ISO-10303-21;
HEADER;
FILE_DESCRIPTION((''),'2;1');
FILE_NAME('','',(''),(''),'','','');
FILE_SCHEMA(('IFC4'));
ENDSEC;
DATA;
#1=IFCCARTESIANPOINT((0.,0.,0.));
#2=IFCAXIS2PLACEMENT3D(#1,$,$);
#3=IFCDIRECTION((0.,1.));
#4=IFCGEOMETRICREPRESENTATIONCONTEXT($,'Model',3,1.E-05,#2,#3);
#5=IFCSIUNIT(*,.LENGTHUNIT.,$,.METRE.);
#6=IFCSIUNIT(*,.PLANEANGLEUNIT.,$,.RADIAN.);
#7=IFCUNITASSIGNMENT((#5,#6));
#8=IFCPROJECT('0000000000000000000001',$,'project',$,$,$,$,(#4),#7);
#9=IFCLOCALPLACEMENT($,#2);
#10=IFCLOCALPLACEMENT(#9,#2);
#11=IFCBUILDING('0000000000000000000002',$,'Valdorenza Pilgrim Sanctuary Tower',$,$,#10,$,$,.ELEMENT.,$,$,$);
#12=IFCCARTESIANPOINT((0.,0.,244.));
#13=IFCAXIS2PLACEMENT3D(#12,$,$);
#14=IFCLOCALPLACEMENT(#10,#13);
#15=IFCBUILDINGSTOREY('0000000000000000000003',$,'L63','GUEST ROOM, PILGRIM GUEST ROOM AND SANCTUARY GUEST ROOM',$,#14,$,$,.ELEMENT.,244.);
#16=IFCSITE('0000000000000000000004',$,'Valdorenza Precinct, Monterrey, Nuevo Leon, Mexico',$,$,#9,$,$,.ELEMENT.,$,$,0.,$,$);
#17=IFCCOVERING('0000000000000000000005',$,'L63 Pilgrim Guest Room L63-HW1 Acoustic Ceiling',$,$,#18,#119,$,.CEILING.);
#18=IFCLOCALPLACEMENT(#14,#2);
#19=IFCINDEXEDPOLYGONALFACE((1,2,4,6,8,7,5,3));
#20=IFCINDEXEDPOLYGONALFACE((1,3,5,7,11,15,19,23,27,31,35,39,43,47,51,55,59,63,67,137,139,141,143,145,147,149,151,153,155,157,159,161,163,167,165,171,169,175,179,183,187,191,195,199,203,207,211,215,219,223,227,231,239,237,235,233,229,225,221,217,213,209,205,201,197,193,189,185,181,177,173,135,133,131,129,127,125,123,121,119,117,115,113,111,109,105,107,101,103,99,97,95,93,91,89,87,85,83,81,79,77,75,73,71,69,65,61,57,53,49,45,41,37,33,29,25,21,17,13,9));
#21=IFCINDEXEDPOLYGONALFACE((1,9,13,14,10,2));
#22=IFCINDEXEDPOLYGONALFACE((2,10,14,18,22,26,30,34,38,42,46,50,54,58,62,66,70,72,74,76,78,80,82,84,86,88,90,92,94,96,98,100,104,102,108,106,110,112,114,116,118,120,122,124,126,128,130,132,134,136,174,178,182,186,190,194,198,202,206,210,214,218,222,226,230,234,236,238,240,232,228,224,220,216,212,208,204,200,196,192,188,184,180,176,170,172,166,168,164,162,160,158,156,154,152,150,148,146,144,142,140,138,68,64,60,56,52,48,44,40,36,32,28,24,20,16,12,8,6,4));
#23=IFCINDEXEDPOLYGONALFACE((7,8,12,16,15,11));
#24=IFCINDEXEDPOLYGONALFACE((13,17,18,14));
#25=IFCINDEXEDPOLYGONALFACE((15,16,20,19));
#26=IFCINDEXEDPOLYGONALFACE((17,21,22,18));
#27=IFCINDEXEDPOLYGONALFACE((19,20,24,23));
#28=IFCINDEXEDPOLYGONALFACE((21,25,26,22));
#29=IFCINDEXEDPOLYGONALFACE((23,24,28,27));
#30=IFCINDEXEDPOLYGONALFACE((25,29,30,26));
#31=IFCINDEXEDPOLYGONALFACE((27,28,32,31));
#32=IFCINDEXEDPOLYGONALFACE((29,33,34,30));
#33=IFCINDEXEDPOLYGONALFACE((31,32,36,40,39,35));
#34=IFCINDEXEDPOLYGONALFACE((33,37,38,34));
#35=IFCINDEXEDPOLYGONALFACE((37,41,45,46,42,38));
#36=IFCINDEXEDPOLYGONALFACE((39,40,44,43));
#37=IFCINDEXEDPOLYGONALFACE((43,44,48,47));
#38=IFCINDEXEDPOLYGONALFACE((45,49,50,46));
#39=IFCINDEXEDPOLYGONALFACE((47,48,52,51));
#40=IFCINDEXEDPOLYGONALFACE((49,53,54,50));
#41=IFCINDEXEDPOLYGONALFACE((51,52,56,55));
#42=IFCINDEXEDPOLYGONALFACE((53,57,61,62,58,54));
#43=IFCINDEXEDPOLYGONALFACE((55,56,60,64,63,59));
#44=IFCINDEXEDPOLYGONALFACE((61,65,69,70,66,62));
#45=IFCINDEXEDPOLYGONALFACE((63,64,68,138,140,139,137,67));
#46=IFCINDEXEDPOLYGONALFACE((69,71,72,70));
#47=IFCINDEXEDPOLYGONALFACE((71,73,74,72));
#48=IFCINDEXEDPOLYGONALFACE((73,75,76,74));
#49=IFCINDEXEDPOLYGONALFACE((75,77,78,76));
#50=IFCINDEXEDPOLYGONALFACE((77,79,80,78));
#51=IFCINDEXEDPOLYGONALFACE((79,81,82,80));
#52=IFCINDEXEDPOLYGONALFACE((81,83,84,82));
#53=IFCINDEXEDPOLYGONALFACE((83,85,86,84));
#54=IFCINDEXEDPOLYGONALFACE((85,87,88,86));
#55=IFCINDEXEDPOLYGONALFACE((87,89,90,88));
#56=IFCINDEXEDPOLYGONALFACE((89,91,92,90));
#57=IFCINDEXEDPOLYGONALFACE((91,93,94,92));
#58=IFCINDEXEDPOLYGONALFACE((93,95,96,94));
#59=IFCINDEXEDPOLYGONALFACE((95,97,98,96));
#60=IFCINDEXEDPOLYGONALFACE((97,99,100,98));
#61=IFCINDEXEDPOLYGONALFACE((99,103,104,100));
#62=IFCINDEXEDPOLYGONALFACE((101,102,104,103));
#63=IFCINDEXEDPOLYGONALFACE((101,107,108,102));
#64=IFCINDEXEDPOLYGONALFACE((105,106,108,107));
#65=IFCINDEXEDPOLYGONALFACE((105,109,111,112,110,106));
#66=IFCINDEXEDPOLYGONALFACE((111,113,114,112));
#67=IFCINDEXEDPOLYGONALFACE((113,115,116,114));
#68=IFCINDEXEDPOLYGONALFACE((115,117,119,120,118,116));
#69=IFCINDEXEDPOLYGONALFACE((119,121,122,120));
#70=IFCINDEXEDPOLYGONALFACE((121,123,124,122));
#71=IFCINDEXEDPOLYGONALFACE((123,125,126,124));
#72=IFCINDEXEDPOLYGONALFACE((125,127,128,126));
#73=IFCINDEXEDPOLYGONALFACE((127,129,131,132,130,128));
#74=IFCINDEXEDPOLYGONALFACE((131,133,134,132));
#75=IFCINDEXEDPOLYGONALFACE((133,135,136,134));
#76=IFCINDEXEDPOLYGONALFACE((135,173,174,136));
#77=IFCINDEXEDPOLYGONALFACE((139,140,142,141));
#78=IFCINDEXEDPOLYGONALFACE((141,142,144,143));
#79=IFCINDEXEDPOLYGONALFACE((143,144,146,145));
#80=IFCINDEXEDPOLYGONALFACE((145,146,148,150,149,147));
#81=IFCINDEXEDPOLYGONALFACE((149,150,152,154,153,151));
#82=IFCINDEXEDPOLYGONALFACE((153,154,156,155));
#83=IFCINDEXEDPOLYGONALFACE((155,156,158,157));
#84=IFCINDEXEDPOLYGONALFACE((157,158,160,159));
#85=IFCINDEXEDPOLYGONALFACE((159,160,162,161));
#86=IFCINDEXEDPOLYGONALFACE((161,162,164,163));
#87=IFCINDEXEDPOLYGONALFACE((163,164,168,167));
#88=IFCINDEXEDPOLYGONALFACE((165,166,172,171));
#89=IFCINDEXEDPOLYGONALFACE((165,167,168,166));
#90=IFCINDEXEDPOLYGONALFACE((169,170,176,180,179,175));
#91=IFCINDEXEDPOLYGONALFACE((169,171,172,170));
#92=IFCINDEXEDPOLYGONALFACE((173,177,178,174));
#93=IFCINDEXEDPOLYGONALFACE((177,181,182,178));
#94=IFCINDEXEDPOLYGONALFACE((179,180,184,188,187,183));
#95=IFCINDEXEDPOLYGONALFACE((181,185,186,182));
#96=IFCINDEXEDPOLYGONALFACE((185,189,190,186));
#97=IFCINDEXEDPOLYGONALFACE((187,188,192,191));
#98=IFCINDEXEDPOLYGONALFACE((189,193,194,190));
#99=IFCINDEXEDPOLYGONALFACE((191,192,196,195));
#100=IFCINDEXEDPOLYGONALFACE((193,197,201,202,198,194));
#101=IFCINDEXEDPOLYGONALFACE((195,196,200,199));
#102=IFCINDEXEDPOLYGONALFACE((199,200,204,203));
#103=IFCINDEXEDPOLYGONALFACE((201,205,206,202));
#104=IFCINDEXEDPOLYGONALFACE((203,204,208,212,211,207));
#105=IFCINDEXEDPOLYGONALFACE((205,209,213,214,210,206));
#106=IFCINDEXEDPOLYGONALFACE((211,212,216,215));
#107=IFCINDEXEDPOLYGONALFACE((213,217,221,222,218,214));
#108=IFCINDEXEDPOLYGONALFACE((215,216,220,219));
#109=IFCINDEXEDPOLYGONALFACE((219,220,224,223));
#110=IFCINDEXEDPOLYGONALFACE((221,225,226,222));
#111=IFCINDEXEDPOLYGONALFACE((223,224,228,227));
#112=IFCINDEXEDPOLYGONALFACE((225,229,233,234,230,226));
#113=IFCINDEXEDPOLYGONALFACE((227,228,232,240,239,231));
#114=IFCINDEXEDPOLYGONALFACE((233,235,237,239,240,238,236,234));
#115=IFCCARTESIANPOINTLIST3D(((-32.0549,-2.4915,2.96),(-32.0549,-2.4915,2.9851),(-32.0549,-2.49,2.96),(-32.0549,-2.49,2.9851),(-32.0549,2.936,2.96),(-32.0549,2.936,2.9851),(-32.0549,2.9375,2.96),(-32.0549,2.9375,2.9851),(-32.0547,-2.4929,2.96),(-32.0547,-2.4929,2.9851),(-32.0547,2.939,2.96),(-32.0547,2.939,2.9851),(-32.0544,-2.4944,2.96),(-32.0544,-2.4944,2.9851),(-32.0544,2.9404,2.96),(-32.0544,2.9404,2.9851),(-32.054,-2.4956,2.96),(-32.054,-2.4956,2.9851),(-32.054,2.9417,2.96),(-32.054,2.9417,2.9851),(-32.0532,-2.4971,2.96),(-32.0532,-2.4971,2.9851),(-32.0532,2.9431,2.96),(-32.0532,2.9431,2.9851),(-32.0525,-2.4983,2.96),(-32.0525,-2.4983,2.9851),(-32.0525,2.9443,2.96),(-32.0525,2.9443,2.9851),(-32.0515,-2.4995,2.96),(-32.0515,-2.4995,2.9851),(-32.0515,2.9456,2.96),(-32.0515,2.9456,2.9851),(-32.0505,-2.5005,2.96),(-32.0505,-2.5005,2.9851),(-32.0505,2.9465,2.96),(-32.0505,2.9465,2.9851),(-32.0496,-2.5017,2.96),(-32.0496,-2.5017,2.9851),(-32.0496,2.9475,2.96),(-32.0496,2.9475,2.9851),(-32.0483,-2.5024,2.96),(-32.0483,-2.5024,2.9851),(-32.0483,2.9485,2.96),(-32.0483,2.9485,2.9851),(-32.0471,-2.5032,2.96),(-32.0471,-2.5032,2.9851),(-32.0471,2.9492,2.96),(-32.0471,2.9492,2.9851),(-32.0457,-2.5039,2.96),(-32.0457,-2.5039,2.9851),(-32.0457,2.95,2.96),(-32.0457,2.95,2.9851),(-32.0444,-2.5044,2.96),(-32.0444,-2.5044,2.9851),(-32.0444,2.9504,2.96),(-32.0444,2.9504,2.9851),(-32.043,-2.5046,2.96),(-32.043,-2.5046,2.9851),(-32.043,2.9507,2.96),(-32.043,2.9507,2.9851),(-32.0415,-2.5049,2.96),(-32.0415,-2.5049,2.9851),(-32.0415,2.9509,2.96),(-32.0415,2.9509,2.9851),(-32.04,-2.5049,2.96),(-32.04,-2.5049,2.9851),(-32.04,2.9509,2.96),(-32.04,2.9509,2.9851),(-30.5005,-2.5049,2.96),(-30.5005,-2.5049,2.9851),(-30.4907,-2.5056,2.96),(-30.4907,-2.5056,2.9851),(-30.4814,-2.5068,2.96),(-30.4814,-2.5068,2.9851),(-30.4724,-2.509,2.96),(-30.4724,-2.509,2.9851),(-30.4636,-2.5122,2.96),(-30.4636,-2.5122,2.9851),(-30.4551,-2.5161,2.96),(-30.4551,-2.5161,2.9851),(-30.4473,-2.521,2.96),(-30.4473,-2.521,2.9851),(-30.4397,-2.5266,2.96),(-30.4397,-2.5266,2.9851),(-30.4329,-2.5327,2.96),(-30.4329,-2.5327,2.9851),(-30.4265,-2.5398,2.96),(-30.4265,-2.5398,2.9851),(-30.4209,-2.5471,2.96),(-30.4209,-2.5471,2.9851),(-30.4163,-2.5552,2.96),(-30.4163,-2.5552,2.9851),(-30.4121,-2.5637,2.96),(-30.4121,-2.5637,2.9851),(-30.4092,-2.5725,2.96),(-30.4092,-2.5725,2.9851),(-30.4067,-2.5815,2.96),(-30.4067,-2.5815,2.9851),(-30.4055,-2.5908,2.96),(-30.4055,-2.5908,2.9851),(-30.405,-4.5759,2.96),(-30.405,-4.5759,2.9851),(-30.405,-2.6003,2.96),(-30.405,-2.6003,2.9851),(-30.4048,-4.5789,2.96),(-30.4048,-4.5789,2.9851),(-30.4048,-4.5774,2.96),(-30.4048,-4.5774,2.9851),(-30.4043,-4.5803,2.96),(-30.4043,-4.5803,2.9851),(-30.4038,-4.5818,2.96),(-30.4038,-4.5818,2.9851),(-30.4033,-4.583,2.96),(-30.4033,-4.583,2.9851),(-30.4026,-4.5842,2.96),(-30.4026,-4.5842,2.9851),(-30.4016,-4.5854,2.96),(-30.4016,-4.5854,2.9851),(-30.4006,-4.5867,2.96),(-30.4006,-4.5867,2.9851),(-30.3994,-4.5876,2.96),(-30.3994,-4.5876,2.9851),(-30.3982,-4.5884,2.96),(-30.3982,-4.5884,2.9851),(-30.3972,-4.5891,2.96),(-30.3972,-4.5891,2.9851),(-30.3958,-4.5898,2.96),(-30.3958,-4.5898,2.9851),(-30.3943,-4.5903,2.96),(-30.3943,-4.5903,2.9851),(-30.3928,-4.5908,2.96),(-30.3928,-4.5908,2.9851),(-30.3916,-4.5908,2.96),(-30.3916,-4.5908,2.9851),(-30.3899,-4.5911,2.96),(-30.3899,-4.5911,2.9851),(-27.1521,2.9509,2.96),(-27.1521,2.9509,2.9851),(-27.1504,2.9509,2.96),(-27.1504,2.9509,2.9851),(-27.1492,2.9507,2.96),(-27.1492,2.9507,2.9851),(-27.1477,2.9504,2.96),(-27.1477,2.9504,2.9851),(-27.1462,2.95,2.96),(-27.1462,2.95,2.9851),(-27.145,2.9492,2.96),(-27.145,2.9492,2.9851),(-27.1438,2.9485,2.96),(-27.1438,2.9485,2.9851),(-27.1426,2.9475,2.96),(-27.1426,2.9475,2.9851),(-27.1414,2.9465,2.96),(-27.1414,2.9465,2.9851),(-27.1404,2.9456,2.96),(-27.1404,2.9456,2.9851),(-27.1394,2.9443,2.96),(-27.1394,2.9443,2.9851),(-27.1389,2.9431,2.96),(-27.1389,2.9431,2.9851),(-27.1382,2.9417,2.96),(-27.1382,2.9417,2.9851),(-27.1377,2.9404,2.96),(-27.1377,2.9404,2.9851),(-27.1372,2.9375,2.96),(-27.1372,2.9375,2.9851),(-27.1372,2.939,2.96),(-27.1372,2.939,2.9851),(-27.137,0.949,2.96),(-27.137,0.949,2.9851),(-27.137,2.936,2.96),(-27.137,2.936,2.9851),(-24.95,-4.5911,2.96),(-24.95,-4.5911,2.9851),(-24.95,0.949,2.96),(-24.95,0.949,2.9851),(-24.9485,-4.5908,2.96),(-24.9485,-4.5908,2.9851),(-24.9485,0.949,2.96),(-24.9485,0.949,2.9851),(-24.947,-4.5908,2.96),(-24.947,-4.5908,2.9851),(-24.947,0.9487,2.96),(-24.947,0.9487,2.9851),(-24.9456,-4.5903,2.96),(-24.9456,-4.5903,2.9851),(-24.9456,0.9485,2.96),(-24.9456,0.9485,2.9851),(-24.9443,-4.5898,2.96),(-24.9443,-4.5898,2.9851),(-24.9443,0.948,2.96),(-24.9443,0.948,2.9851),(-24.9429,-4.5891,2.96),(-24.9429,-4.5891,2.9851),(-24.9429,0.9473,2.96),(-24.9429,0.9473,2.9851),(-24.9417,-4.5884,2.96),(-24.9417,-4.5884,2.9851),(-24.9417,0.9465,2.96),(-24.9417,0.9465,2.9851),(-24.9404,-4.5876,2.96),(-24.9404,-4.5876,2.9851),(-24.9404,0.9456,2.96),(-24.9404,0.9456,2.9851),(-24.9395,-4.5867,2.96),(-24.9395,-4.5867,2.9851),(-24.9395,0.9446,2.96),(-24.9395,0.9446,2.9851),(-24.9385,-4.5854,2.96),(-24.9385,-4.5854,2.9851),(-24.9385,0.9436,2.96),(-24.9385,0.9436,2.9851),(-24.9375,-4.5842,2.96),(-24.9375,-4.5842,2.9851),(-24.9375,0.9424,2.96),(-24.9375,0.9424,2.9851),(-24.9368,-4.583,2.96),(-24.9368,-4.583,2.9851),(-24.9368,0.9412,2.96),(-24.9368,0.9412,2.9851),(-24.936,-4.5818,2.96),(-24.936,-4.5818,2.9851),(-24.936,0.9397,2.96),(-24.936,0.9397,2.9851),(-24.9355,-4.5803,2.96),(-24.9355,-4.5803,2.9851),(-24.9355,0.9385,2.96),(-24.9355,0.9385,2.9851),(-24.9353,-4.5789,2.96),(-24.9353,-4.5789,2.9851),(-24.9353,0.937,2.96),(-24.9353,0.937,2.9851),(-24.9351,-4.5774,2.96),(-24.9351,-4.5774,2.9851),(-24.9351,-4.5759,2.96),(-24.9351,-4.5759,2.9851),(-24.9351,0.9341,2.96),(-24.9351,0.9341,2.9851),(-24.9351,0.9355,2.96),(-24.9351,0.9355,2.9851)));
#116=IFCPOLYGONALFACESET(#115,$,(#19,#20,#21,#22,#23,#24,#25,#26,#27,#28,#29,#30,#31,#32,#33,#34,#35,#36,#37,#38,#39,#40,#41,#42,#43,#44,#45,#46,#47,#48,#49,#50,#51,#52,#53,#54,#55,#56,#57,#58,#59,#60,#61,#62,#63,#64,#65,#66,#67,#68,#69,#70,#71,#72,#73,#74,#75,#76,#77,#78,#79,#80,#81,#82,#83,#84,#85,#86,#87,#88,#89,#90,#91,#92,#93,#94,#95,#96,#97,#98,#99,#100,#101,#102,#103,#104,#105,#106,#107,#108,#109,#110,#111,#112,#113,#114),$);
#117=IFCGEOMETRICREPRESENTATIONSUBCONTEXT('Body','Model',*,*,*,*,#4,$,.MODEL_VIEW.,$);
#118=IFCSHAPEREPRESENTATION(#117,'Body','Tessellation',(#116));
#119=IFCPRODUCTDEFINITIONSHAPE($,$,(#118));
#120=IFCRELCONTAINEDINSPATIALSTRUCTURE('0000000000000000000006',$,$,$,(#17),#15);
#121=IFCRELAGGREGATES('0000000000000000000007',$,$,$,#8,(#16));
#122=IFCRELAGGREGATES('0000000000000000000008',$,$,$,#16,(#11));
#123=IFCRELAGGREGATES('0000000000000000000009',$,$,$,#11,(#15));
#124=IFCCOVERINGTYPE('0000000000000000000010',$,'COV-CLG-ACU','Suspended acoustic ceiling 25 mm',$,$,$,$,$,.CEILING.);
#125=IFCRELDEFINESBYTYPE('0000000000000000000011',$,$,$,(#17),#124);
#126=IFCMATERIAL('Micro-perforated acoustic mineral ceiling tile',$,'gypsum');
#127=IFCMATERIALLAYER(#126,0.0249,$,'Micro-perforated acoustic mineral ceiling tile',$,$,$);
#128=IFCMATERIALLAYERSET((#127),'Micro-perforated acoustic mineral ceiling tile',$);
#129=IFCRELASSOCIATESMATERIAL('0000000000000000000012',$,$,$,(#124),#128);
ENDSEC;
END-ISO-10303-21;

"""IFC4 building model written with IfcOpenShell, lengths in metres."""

from ifc_helpers import new_model, si_unit, direction, frame, origin, place, context, subcontext, project, spatial, polyline, outline, extrude, material, layer, layer_set, type_object, element, save


model = new_model("IFC4")

# Units and contexts
model_context = context("Model", 3, precision=1e-05, world=origin(), true_north=direction((0.0, 1.0)))
body_context = subcontext(model_context, "Body", "Model", "MODEL_VIEW")
ifc_project = project(units=[si_unit("LENGTHUNIT", "METRE"), si_unit("PLANEANGLEUNIT", "RADIAN")], contexts=[model_context])

# Site, building, storey
site_placement = place(None, origin())
site = spatial("IfcSite", under=ifc_project, at=site_placement, Name="Valdorenza Precinct, Monterrey, Nuevo Leon, Mexico", CompositionType="ELEMENT", RefElevation=0.0)
building_placement = place(site_placement, origin())
building = spatial("IfcBuilding", under=site, at=building_placement, Name="Valdorenza Pilgrim Sanctuary Tower", CompositionType="ELEMENT")
storey_placement = place(building_placement, frame((0.0, 0.0, 244.0)))
storey = spatial("IfcBuildingStorey", under=building, at=storey_placement, Name="L63", Description="GUEST ROOM, PILGRIM GUEST ROOM AND SANCTUARY GUEST ROOM", CompositionType="ELEMENT", Elevation=244.0)

# Covering
ifc_material_1 = material(Name="Micro-perforated acoustic mineral ceiling tile", Category="gypsum")
ifc_layer_1 = layer(ifc_material_1, 0.0249, Name="Micro-perforated acoustic mineral ceiling tile")
ifc_layer_set_1 = layer_set([ifc_layer_1], Name="Micro-perforated acoustic mineral ceiling tile")
covering_type_1 = type_object("IfcCoveringType", Name="COV-CLG-ACU", Description="Suspended acoustic ceiling 25 mm", PredefinedType="CEILING", material=ifc_layer_set_1)
covering_1_placement = place(storey_placement, frame((0.0, 0.0, 2.96)))
element("IfcCovering", 1, at=covering_1_placement, inside=storey, type_object=covering_type_1, Name="L63 Pilgrim Guest Room L63-HW1 Acoustic Ceiling", PredefinedType="CEILING", context=body_context, shape_type="SweptSolid", body=[
    extrude(outline(polyline([(-30.405, -2.6003), (-30.4055, -2.5908), (-30.4067, -2.5815), (-30.4092, -2.5725), (-30.4121, -2.5637), (-30.4163, -2.5552), (-30.4209, -2.5471), (-30.4265, -2.5398), (-30.4329, -2.5327), (-30.4397, -2.5266), (-30.4473, -2.521), (-30.4551, -2.5161), (-30.4636, -2.5122), (-30.4724, -2.509), (-30.4814, -2.5068), (-30.4907, -2.5056), (-30.5005, -2.5049), (-32.04, -2.5049), (-32.0415, -2.5049), (-32.043, -2.5046), (-32.0444, -2.5044), (-32.0457, -2.5039), (-32.0471, -2.5032), (-32.0483, -2.5024), (-32.0496, -2.5017), (-32.0505, -2.5005), (-32.0515, -2.4995), (-32.0525, -2.4983), (-32.0532, -2.4971), (-32.054, -2.4956), (-32.0544, -2.4944), (-32.0547, -2.4929), (-32.0549, -2.4915), (-32.0549, -2.49), (-32.0549, 2.936), (-32.0549, 2.9375), (-32.0547, 2.939), (-32.0544, 2.9404), (-32.054, 2.9417), (-32.0532, 2.9431), (-32.0525, 2.9443), (-32.0515, 2.9456), (-32.0505, 2.9465), (-32.0496, 2.9475), (-32.0483, 2.9485), (-32.0471, 2.9492), (-32.0457, 2.95), (-32.0444, 2.9504), (-32.043, 2.9507), (-32.0415, 2.9509), (-32.04, 2.9509), (-27.1521, 2.9509), (-27.1504, 2.9509), (-27.1492, 2.9507), (-27.1477, 2.9504), (-27.1462, 2.95), (-27.145, 2.9492), (-27.1438, 2.9485), (-27.1426, 2.9475), (-27.1414, 2.9465), (-27.1404, 2.9456), (-27.1394, 2.9443), (-27.1389, 2.9431), (-27.1382, 2.9417), (-27.1377, 2.9404), (-27.1372, 2.939), (-27.1372, 2.9375), (-27.137, 2.936), (-27.137, 0.949), (-24.95, 0.949), (-24.9485, 0.949), (-24.947, 0.9487), (-24.9456, 0.9485), (-24.9443, 0.948), (-24.9429, 0.9473), (-24.9417, 0.9465), (-24.9404, 0.9456), (-24.9395, 0.9446), (-24.9385, 0.9436), (-24.9375, 0.9424), (-24.9368, 0.9412), (-24.936, 0.9397), (-24.9355, 0.9385), (-24.9353, 0.937), (-24.9351, 0.9355), (-24.9351, 0.9341), (-24.9351, -4.5759), (-24.9351, -4.5774), (-24.9353, -4.5789), (-24.9355, -4.5803), (-24.936, -4.5818), (-24.9368, -4.583), (-24.9375, -4.5842), (-24.9385, -4.5854), (-24.9395, -4.5867), (-24.9404, -4.5876), (-24.9417, -4.5884), (-24.9429, -4.5891), (-24.9443, -4.5898), (-24.9456, -4.5903), (-24.947, -4.5908), (-24.9485, -4.5908), (-24.95, -4.5911), (-30.3899, -4.5911), (-30.3916, -4.5908), (-30.3928, -4.5908), (-30.3943, -4.5903), (-30.3958, -4.5898), (-30.3972, -4.5891), (-30.3982, -4.5884), (-30.3994, -4.5876), (-30.4006, -4.5867), (-30.4016, -4.5854), (-30.4026, -4.5842), (-30.4033, -4.583), (-30.4038, -4.5818), (-30.4043, -4.5803), (-30.4048, -4.5789), (-30.4048, -4.5774), (-30.405, -4.5759), (-30.405, -2.6003)])), origin(), (0.0, 0.0, 1.0), 0.0251),
])

save(model, "model.ifc")
